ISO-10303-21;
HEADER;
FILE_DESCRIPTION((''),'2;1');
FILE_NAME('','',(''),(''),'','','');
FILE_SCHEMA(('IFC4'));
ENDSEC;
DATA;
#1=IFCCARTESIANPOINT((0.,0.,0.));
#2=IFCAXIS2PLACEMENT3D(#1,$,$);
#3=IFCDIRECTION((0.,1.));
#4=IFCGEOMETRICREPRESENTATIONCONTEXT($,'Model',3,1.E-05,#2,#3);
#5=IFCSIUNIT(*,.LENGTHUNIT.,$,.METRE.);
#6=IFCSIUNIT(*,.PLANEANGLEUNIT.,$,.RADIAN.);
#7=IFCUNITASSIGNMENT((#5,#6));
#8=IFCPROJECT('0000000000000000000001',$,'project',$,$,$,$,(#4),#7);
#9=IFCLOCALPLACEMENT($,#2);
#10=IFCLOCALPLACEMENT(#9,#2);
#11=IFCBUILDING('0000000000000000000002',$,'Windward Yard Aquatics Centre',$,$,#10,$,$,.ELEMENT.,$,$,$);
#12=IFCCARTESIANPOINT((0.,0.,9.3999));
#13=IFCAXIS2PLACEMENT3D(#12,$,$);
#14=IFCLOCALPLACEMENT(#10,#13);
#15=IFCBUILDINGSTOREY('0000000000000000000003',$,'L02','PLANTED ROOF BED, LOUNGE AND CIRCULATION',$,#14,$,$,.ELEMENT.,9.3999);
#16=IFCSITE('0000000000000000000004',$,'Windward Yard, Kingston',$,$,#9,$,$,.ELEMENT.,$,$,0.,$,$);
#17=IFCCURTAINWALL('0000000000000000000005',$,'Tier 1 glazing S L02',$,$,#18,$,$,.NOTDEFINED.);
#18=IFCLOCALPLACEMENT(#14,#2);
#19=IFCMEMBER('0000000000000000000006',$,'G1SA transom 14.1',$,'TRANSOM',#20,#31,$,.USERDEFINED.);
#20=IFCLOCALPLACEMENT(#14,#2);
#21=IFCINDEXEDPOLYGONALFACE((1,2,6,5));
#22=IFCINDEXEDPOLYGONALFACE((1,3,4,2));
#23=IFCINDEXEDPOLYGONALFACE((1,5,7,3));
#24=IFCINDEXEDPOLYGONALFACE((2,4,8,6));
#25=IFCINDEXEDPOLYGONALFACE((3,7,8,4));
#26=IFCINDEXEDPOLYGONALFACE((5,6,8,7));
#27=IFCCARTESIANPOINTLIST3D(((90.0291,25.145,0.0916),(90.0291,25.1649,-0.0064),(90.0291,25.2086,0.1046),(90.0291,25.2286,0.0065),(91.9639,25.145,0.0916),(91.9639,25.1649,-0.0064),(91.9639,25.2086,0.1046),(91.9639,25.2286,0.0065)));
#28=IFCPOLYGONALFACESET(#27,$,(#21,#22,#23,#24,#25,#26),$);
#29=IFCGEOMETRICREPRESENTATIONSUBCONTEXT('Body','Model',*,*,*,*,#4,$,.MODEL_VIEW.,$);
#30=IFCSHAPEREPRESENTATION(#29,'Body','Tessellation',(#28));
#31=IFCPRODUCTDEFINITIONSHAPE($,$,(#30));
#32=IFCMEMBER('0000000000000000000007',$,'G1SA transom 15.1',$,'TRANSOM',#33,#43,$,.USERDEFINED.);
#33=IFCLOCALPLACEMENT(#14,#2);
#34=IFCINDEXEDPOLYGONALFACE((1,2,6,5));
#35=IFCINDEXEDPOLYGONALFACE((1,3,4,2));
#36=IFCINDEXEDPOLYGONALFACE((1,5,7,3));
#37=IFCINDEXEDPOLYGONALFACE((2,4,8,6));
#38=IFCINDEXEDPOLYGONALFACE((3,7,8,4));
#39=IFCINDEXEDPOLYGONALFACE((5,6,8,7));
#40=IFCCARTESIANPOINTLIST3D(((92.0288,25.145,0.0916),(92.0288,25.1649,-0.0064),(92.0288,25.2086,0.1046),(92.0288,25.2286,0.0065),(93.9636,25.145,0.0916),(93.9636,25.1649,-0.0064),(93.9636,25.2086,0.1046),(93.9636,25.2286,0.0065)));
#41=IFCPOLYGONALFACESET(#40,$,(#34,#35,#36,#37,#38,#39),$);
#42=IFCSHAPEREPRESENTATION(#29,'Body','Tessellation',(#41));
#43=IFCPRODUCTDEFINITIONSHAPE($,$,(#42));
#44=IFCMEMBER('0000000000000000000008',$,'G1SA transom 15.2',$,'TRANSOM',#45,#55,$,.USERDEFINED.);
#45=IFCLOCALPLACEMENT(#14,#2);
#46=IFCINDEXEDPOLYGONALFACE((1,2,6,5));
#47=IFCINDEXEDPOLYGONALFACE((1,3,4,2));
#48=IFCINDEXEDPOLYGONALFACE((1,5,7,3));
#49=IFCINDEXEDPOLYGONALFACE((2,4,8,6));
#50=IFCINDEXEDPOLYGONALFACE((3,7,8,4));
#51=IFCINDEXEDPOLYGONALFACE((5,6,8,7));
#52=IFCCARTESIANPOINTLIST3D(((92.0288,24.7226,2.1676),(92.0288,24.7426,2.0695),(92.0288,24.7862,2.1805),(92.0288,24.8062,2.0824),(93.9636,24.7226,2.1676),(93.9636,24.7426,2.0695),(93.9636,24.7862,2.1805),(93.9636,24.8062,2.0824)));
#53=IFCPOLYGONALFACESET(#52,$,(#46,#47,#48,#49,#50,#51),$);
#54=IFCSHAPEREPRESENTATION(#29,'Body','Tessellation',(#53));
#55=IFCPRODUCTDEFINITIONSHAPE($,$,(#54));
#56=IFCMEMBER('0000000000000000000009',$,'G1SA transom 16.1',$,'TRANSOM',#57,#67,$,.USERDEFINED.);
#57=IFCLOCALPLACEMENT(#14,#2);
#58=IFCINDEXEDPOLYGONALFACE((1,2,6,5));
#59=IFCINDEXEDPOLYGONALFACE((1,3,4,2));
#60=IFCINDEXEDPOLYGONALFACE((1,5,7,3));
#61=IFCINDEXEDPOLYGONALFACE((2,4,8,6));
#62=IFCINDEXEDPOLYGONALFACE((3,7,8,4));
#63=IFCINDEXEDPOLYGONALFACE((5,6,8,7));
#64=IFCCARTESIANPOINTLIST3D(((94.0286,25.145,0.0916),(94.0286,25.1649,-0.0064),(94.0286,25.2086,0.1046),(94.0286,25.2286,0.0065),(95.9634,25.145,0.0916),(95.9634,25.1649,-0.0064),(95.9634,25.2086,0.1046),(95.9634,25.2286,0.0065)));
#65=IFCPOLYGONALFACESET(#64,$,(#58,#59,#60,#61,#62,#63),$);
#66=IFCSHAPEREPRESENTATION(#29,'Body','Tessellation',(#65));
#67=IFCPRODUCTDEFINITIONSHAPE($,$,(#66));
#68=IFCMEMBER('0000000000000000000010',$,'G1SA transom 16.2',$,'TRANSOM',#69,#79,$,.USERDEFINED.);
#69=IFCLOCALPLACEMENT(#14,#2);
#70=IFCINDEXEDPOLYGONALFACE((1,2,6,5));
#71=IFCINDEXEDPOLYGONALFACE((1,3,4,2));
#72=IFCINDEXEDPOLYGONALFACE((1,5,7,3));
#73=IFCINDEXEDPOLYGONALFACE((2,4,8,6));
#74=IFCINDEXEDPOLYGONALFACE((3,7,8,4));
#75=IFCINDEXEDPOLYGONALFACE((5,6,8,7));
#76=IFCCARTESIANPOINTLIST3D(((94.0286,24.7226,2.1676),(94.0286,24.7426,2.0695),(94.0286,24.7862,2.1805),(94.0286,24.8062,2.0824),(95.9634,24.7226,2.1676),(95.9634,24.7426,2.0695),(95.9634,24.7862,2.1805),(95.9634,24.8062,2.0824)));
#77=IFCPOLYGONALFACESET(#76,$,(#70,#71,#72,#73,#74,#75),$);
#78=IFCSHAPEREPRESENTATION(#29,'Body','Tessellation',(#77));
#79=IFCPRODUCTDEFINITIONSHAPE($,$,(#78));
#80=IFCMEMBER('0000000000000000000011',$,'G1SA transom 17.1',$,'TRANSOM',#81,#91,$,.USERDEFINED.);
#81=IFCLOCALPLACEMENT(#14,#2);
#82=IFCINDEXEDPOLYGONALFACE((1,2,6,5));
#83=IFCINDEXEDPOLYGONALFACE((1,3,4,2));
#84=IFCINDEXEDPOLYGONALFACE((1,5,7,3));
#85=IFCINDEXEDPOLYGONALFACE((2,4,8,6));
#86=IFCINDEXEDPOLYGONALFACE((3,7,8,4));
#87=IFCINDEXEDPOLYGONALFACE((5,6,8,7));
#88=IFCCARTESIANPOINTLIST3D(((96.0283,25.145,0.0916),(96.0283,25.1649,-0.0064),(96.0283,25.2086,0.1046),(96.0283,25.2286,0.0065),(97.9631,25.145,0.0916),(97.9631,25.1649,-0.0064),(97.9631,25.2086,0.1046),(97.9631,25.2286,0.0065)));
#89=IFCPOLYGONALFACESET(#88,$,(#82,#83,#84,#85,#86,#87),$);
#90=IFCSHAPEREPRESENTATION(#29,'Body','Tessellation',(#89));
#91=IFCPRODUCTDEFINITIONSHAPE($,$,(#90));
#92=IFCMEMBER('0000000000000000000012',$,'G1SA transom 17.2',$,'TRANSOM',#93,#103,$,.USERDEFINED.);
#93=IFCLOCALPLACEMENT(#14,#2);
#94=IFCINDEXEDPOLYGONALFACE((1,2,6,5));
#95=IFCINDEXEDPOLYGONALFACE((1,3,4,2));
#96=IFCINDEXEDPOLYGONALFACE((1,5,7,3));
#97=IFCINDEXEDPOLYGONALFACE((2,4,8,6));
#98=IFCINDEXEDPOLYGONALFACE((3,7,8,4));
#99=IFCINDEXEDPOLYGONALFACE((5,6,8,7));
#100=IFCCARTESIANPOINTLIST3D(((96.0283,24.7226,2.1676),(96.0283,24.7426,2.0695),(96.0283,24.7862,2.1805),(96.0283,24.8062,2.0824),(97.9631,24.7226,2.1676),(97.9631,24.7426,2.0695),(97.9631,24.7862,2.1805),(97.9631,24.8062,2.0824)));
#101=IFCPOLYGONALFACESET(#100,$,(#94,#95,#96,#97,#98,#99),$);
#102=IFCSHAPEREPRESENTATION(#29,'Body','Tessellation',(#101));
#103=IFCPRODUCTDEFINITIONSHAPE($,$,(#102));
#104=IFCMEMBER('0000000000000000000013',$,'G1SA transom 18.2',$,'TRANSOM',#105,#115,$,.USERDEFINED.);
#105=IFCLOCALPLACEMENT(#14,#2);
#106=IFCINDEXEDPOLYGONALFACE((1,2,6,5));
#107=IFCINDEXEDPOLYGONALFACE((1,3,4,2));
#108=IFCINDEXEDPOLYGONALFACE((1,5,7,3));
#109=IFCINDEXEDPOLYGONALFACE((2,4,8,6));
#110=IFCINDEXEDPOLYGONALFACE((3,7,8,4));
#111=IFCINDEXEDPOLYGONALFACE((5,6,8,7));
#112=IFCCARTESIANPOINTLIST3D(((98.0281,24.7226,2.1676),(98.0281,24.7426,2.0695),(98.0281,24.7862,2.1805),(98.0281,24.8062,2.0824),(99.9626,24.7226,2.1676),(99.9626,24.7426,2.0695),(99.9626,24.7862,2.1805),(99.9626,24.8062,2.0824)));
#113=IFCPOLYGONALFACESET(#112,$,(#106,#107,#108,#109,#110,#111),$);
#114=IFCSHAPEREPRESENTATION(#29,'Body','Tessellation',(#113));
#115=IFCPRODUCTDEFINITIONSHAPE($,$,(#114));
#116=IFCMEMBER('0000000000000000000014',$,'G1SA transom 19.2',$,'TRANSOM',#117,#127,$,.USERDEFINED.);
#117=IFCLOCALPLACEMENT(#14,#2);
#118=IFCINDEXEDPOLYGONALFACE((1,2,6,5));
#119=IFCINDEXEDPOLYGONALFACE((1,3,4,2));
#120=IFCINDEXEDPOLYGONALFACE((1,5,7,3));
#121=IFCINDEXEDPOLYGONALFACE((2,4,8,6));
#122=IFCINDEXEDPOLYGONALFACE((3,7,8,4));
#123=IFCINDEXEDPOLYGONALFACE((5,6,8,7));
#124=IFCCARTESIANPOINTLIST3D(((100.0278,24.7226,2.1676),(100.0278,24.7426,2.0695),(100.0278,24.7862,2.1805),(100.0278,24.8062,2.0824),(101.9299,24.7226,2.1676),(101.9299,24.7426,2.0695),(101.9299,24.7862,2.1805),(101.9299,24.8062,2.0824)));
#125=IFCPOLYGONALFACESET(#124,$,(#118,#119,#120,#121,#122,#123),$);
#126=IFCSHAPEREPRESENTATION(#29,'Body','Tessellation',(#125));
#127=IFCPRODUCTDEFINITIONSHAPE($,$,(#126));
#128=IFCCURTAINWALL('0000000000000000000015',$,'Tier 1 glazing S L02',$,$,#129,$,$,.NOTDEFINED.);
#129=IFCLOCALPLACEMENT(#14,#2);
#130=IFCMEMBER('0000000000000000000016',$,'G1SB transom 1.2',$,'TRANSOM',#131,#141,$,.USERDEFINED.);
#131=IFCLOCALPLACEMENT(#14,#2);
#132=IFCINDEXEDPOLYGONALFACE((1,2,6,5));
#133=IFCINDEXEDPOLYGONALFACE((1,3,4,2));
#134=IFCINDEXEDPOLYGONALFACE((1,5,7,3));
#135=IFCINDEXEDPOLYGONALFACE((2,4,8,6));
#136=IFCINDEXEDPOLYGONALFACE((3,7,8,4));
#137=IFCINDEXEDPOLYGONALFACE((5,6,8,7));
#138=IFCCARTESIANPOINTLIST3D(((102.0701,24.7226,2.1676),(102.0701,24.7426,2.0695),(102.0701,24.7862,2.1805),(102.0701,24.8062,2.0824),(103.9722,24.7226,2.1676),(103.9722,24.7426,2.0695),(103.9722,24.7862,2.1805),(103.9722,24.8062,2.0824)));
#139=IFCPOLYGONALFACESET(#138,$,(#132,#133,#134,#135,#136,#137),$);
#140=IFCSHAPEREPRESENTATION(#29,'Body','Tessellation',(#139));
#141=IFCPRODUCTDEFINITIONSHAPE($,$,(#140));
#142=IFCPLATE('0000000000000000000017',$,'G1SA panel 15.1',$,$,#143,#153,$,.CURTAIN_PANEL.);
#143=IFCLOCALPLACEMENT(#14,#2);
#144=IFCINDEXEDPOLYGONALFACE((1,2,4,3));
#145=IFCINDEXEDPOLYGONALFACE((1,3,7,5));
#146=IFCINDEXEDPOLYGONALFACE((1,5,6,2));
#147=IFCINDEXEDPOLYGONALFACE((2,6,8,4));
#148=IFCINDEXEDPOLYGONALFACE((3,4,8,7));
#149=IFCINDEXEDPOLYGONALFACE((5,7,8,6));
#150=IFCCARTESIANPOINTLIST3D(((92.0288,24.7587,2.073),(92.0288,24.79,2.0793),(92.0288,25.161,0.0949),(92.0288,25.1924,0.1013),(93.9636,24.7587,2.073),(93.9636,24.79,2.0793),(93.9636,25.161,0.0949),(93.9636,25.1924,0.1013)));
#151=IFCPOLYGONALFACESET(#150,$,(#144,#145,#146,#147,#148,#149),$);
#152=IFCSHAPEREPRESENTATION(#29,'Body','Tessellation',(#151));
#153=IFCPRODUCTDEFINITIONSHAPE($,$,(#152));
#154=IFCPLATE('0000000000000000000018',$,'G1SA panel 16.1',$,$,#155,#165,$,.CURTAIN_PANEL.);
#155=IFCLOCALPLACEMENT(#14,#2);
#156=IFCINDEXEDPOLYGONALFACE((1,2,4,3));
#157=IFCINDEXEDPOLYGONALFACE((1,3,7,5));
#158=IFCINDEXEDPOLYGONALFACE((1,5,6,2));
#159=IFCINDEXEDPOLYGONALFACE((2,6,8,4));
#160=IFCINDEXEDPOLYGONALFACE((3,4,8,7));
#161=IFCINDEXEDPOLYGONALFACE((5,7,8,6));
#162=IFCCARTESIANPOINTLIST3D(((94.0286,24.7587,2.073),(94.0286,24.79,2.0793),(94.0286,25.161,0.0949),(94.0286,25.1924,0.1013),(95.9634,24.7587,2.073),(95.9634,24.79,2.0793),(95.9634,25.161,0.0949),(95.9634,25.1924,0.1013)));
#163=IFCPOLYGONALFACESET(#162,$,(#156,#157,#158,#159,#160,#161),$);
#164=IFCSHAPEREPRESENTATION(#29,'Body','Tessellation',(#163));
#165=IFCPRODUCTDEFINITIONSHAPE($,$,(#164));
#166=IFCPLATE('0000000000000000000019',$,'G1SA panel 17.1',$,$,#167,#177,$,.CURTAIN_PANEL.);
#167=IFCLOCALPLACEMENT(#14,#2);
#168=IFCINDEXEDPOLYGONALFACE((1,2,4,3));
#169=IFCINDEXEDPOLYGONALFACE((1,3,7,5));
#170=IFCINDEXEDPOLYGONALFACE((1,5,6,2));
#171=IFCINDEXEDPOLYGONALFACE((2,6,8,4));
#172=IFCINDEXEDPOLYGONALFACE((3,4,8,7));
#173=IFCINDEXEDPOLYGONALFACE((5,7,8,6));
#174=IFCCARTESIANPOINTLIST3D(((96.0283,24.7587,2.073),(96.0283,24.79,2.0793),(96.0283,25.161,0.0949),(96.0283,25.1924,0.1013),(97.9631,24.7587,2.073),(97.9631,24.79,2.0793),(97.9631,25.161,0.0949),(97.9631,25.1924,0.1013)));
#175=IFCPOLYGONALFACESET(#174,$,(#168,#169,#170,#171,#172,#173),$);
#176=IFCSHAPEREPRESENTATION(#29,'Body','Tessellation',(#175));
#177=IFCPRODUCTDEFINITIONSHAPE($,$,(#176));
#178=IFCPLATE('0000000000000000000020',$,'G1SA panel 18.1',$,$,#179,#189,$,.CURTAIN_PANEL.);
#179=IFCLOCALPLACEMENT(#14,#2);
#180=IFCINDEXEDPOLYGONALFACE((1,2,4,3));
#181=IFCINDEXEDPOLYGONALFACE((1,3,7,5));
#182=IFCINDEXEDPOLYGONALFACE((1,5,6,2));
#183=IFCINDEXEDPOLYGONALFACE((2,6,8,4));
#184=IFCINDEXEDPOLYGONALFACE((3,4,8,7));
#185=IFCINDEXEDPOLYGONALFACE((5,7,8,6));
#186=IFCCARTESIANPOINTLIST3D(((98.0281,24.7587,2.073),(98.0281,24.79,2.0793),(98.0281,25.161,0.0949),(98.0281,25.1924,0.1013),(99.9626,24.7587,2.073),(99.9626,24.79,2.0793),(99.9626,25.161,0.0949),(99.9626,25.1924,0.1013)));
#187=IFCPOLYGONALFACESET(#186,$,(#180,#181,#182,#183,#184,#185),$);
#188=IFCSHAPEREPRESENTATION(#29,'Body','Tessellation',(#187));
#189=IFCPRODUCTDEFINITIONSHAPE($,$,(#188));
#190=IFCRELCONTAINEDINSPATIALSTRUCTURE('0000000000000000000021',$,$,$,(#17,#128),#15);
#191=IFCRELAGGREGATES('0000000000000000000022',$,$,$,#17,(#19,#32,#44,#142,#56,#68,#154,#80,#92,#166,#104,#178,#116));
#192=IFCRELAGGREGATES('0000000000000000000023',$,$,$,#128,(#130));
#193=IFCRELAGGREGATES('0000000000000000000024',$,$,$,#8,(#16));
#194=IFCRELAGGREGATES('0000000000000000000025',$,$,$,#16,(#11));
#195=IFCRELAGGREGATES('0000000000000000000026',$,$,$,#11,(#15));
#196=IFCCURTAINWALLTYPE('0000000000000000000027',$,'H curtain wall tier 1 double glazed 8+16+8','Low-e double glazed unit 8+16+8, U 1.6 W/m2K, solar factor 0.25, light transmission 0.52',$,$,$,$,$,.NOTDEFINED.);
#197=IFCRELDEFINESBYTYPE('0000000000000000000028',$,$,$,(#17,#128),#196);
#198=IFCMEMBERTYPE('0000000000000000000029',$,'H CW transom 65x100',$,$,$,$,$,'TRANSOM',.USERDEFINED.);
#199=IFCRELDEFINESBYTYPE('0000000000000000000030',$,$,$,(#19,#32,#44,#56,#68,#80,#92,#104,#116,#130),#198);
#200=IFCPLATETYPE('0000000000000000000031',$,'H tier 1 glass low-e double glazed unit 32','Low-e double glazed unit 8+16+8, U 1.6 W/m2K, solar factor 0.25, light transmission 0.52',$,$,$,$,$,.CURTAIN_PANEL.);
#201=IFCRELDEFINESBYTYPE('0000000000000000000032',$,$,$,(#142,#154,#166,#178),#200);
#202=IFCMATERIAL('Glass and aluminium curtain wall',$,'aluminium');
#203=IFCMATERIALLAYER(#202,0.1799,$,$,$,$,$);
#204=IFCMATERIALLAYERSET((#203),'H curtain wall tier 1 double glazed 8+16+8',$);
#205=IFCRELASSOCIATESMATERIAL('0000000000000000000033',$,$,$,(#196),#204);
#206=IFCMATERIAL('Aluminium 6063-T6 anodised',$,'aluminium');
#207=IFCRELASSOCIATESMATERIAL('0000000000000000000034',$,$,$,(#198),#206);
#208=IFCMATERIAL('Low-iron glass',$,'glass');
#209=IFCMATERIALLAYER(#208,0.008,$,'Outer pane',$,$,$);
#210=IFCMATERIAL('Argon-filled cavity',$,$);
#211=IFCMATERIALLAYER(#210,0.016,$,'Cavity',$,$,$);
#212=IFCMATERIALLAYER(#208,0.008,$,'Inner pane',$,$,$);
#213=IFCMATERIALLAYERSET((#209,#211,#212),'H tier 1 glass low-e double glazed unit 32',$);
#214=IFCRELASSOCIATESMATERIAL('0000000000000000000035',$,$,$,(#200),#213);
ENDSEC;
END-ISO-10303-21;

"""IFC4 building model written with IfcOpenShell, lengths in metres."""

from ifc_helpers import new_model, si_unit, direction, frame, origin, origin_2d, place, context, subcontext, project, spatial, polyline, rectangle, outline, extrude, material, layer, layer_set, material_profile, profile_set, type_object, element, aggregate, save


model = new_model("IFC4")

# Units and contexts
model_context = context("Model", 3, precision=1e-05, world=origin(), true_north=direction((0.0, 1.0)))
body_context = subcontext(model_context, "Body", "Model", "MODEL_VIEW")
ifc_project = project(units=[si_unit("LENGTHUNIT", "METRE"), si_unit("PLANEANGLEUNIT", "RADIAN")], contexts=[model_context])

# Site, building, storey
site_placement = place(None, origin())
site = spatial("IfcSite", under=ifc_project, at=site_placement, Name="Windward Yard, Kingston", CompositionType="ELEMENT", RefElevation=0.0)
building_placement = place(site_placement, origin())
building = spatial("IfcBuilding", under=site, at=building_placement, Name="Windward Yard Aquatics Centre", CompositionType="ELEMENT")
storey_placement = place(building_placement, frame((0.0, 0.0, 9.3999)))
storey = spatial("IfcBuildingStorey", under=building, at=storey_placement, Name="L02", Description="PLANTED ROOF BED, LOUNGE AND CIRCULATION", CompositionType="ELEMENT", Elevation=9.3999)

# Curtain wall, members
ifc_material_1 = material(Name="Glass and aluminium curtain wall", Category="aluminium")
ifc_layer_1 = layer(ifc_material_1, 0.1799)
ifc_layer_set_1 = layer_set([ifc_layer_1], Name="H curtain wall tier 1 double glazed 8+16+8")
curtain_wall_type = type_object("IfcCurtainWallType", Name="H curtain wall tier 1 double glazed 8+16+8", Description="Low-e double glazed unit 8+16+8, U 1.6 W/m2K, solar factor 0.25, light transmission 0.52", PredefinedType="NOTDEFINED", material=ifc_layer_set_1)
curtain_wall_1_placement = place(storey_placement, origin())
curtain_wall_1 = element("IfcCurtainWall", 1, at=curtain_wall_1_placement, inside=storey, type_object=curtain_wall_type, Name="Tier 1 glazing S L02", PredefinedType="NOTDEFINED")
ifc_material_2 = material(Name="Aluminium 6063-T6 anodised", Category="aluminium")
ifc_material_profile = material_profile(ifc_material_2, rectangle(XDim=0.0649, YDim=0.1001, at=origin_2d()), Name="H CW transom 65x100")
ifc_profile_set = profile_set([ifc_material_profile], Name="Aluminium 6063-T6 anodised")
member_type = type_object("IfcMemberType", Name="H CW transom 65x100", ElementType="TRANSOM", PredefinedType="USERDEFINED", material=ifc_profile_set)
member_1_placement = place(storey_placement, frame((90.0291, 25.1868, 0.0491), z_axis=(1.0, 0.0, 0.0), x_axis=(0.0, 0.979925, 0.199368)))
member_1 = element("IfcMember", 2, at=member_1_placement, type_object=member_type, Name="G1SA transom 14.1", ObjectType="TRANSOM", PredefinedType="USERDEFINED", context=body_context, shape_type="SweptSolid", body=[
    extrude(rectangle(XDim=0.0649, YDim=0.1001, at=origin_2d()), origin(), (0.0, 0.0, 1.0), 1.9348),
])
member_2_placement = place(storey_placement, frame((92.0288, 25.1868, 0.0491), z_axis=(1.0, 0.0, 0.0), x_axis=(0.0, 0.979925, 0.199368)))
member_2 = element("IfcMember", 3, at=member_2_placement, type_object=member_type, Name="G1SA transom 15.1", ObjectType="TRANSOM", PredefinedType="USERDEFINED", context=body_context, shape_type="SweptSolid", body=[
    extrude(rectangle(XDim=0.0649, YDim=0.1001, at=origin_2d()), origin(), (0.0, 0.0, 1.0), 1.9348),
])
member_3_placement = place(storey_placement, frame((92.0288, 24.7644, 2.125), z_axis=(1.0, 0.0, 0.0), x_axis=(0.0, 0.979925, 0.199368)))
member_3 = element("IfcMember", 4, at=member_3_placement, type_object=member_type, Name="G1SA transom 15.2", ObjectType="TRANSOM", PredefinedType="USERDEFINED", context=body_context, shape_type="SweptSolid", body=[
    extrude(rectangle(XDim=0.0649, YDim=0.1001, at=origin_2d()), origin(), (0.0, 0.0, 1.0), 1.9348),
])
member_4_placement = place(storey_placement, frame((94.0286, 25.1868, 0.0491), z_axis=(1.0, 0.0, 0.0), x_axis=(0.0, 0.979925, 0.199368)))
member_4 = element("IfcMember", 5, at=member_4_placement, type_object=member_type, Name="G1SA transom 16.1", ObjectType="TRANSOM", PredefinedType="USERDEFINED", context=body_context, shape_type="SweptSolid", body=[
    extrude(rectangle(XDim=0.0649, YDim=0.1001, at=origin_2d()), origin(), (0.0, 0.0, 1.0), 1.9348),
])
member_5_placement = place(storey_placement, frame((94.0286, 24.7644, 2.125), z_axis=(1.0, 0.0, 0.0), x_axis=(0.0, 0.979925, 0.199368)))
member_5 = element("IfcMember", 6, at=member_5_placement, type_object=member_type, Name="G1SA transom 16.2", ObjectType="TRANSOM", PredefinedType="USERDEFINED", context=body_context, shape_type="SweptSolid", body=[
    extrude(rectangle(XDim=0.0649, YDim=0.1001, at=origin_2d()), origin(), (0.0, 0.0, 1.0), 1.9348),
])
member_6_placement = place(storey_placement, frame((96.0283, 25.1868, 0.0491), z_axis=(1.0, 0.0, 0.0), x_axis=(0.0, 0.979925, 0.199368)))
member_6 = element("IfcMember", 7, at=member_6_placement, type_object=member_type, Name="G1SA transom 17.1", ObjectType="TRANSOM", PredefinedType="USERDEFINED", context=body_context, shape_type="SweptSolid", body=[
    extrude(rectangle(XDim=0.0649, YDim=0.1001, at=origin_2d()), origin(), (0.0, 0.0, 1.0), 1.9348),
])
member_7_placement = place(storey_placement, frame((96.0283, 24.7644, 2.125), z_axis=(1.0, 0.0, 0.0), x_axis=(0.0, 0.979925, 0.199368)))
member_7 = element("IfcMember", 8, at=member_7_placement, type_object=member_type, Name="G1SA transom 17.2", ObjectType="TRANSOM", PredefinedType="USERDEFINED", context=body_context, shape_type="SweptSolid", body=[
    extrude(rectangle(XDim=0.0649, YDim=0.1001, at=origin_2d()), origin(), (0.0, 0.0, 1.0), 1.9348),
])
member_8_placement = place(storey_placement, frame((98.0281, 24.7644, 2.125), z_axis=(1.0, 0.0, 0.0), x_axis=(0.0, 0.979925, 0.199368)))
member_8 = element("IfcMember", 9, at=member_8_placement, type_object=member_type, Name="G1SA transom 18.2", ObjectType="TRANSOM", PredefinedType="USERDEFINED", context=body_context, shape_type="SweptSolid", body=[
    extrude(rectangle(XDim=0.0649, YDim=0.1001, at=origin_2d()), origin(), (0.0, 0.0, 1.0), 1.9346),
])
member_9_placement = place(storey_placement, frame((100.0278, 24.7644, 2.125), z_axis=(1.0, 0.0, 0.0), x_axis=(0.0, 0.979925, 0.199368)))
member_9 = element("IfcMember", 10, at=member_9_placement, type_object=member_type, Name="G1SA transom 19.2", ObjectType="TRANSOM", PredefinedType="USERDEFINED", context=body_context, shape_type="SweptSolid", body=[
    extrude(rectangle(XDim=0.0649, YDim=0.1001, at=origin_2d()), origin(), (0.0, 0.0, 1.0), 1.9021),
])

# Curtain wall, member
curtain_wall_2_placement = place(storey_placement, origin())
curtain_wall_2 = element("IfcCurtainWall", 11, at=curtain_wall_2_placement, inside=storey, type_object=curtain_wall_type, Name="Tier 1 glazing S L02", PredefinedType="NOTDEFINED")
member_10_placement = place(storey_placement, frame((102.0701, 24.7644, 2.125), z_axis=(1.0, 0.0, 0.0), x_axis=(0.0, 0.979925, 0.199368)))
member_10 = element("IfcMember", 12, at=member_10_placement, type_object=member_type, Name="G1SB transom 1.2", ObjectType="TRANSOM", PredefinedType="USERDEFINED", context=body_context, shape_type="SweptSolid", body=[
    extrude(rectangle(XDim=0.0649, YDim=0.1001, at=origin_2d()), origin(), (0.0, 0.0, 1.0), 1.9021),
])

# Plates
ifc_material_3 = material(Name="Low-iron glass", Category="glass")
ifc_layer_2 = layer(ifc_material_3, 0.008, Name="Outer pane")
ifc_material_4 = material(Name="Argon-filled cavity")
ifc_layer_3 = layer(ifc_material_4, 0.016, Name="Cavity")
ifc_layer_4 = layer(ifc_material_3, 0.008, Name="Inner pane")
ifc_layer_set_2 = layer_set([ifc_layer_2, ifc_layer_3, ifc_layer_4], Name="H tier 1 glass low-e double glazed unit 32")
plate_type = type_object("IfcPlateType", Name="H tier 1 glass low-e double glazed unit 32", Description="Low-e double glazed unit 8+16+8, U 1.6 W/m2K, solar factor 0.25, light transmission 0.52", PredefinedType="CURTAIN_PANEL", material=ifc_layer_set_2)
plate_1_placement = place(storey_placement, frame((92.0288, 24.79, 2.0793), z_axis=(0.0, 0.979933, 0.199325), x_axis=(0.0, 0.199325, -0.979933)))
plate_1 = element("IfcPlate", 13, at=plate_1_placement, type_object=plate_type, Name="G1SA panel 15.1", PredefinedType="CURTAIN_PANEL", context=body_context, shape_type="SweptSolid", body=[
    extrude(outline(polyline([(0.0, 0.0), (2.0185, 0.0), (2.0185, -1.9348), (0.0, -1.9348), (0.0, 0.0)])), origin(), (0.0, 0.0, -1.0), 0.032),
])
plate_2_placement = place(storey_placement, frame((94.0286, 24.79, 2.0793), z_axis=(0.0, 0.979933, 0.199325), x_axis=(0.0, 0.199325, -0.979933)))
plate_2 = element("IfcPlate", 14, at=plate_2_placement, type_object=plate_type, Name="G1SA panel 16.1", PredefinedType="CURTAIN_PANEL", context=body_context, shape_type="SweptSolid", body=[
    extrude(outline(polyline([(0.0, 0.0), (2.0185, 0.0), (2.0185, -1.9348), (0.0, -1.9348), (0.0, 0.0)])), origin(), (0.0, 0.0, -1.0), 0.032),
])
plate_3_placement = place(storey_placement, frame((96.0283, 24.79, 2.0793), z_axis=(0.0, 0.979933, 0.199325), x_axis=(0.0, 0.199325, -0.979933)))
plate_3 = element("IfcPlate", 15, at=plate_3_placement, type_object=plate_type, Name="G1SA panel 17.1", PredefinedType="CURTAIN_PANEL", context=body_context, shape_type="SweptSolid", body=[
    extrude(outline(polyline([(0.0, 0.0), (2.0185, 0.0), (2.0185, -1.9348), (0.0, -1.9348), (0.0, 0.0)])), origin(), (0.0, 0.0, -1.0), 0.032),
])
plate_4_placement = place(storey_placement, frame((98.0281, 24.79, 2.0793), z_axis=(0.0, 0.979933, 0.199325), x_axis=(0.0, 0.199325, -0.979933)))
plate_4 = element("IfcPlate", 16, at=plate_4_placement, type_object=plate_type, Name="G1SA panel 18.1", PredefinedType="CURTAIN_PANEL", context=body_context, shape_type="SweptSolid", body=[
    extrude(outline(polyline([(0.0, 0.0), (2.0185, 0.0), (2.0185, -1.9346), (0.0, -1.9346), (0.0, 0.0)])), origin(), (0.0, 0.0, -1.0), 0.032),
])
aggregate(curtain_wall_1, [member_1, member_2, member_3, plate_1, member_4, member_5, plate_2, member_6, member_7, plate_3, member_8, plate_4, member_9])
aggregate(curtain_wall_2, [member_10])

save(model, "model.ifc")
